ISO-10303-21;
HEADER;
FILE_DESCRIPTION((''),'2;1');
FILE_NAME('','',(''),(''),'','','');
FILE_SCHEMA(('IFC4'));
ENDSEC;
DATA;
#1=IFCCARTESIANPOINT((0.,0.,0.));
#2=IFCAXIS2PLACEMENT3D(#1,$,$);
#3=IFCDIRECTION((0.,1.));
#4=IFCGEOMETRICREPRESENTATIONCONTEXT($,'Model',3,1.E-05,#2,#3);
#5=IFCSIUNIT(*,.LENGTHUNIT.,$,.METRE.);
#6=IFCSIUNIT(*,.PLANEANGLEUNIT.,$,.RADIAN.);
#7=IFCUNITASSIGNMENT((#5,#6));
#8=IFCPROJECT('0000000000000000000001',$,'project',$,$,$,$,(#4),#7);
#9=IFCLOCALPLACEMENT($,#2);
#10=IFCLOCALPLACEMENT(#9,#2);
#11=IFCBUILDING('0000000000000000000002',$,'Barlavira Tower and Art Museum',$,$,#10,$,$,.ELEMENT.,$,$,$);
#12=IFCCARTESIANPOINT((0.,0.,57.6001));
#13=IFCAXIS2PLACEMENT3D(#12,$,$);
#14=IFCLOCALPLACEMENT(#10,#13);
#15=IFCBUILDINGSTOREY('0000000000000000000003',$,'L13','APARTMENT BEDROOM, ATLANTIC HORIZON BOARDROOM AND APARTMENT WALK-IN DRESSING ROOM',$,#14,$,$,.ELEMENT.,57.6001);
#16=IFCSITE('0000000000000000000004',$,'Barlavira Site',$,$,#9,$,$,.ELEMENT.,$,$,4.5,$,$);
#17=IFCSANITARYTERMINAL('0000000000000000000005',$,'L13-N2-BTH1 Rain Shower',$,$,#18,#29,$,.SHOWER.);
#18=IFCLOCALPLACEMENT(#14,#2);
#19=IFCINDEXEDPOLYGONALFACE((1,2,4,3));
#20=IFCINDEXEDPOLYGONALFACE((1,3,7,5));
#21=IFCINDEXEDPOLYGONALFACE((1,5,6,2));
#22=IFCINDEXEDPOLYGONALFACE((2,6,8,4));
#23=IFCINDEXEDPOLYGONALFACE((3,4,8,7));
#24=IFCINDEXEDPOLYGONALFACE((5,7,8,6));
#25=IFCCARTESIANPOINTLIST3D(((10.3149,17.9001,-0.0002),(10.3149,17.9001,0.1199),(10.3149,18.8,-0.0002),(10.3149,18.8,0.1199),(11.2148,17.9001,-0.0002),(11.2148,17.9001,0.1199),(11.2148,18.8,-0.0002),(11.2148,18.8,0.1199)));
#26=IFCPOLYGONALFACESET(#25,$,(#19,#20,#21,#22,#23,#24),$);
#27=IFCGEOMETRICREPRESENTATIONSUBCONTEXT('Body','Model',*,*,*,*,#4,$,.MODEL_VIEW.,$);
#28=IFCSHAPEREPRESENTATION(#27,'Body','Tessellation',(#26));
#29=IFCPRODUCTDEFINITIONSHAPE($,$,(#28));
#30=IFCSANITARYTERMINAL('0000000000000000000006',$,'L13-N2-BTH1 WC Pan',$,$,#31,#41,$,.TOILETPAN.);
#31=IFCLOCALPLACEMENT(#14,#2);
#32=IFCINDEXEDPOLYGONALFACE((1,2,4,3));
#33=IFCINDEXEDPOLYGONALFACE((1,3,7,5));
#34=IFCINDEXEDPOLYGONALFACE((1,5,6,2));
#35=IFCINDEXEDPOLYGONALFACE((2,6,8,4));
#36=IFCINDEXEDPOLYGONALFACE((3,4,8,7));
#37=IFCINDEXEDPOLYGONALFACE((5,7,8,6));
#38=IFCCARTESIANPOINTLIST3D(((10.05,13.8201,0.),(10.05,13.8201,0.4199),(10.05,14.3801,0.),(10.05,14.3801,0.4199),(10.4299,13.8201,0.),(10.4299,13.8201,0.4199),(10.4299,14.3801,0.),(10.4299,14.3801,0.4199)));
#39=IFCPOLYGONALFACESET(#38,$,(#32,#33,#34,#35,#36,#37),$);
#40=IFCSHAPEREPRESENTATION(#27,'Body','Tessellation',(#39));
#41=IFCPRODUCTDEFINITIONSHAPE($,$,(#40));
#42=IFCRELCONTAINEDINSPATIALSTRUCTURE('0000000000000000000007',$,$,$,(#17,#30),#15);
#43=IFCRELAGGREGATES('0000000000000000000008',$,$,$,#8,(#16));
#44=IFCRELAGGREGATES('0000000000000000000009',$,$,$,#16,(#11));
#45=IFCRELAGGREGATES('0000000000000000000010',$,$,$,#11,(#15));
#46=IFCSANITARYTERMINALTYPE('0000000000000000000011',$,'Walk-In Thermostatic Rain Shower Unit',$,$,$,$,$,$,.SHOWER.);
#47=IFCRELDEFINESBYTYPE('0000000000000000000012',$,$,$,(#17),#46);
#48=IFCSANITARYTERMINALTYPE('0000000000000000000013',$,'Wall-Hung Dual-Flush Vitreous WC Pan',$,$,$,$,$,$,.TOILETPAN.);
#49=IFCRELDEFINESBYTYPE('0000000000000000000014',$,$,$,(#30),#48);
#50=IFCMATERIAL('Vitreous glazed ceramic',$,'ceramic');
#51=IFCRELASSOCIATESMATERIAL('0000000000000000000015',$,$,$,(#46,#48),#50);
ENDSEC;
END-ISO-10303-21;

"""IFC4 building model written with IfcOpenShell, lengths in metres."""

from ifc_helpers import new_model, si_unit, direction, frame, origin, origin_2d, place, context, subcontext, project, spatial, rectangle, extrude, material, type_object, element, save


model = new_model("IFC4")

# Units and contexts
model_context = context("Model", 3, precision=1e-05, world=origin(), true_north=direction((0.0, 1.0)))
body_context = subcontext(model_context, "Body", "Model", "MODEL_VIEW")
ifc_project = project(units=[si_unit("LENGTHUNIT", "METRE"), si_unit("PLANEANGLEUNIT", "RADIAN")], contexts=[model_context])

# Site, building, storey
site_placement = place(None, origin())
site = spatial("IfcSite", under=ifc_project, at=site_placement, Name="Barlavira Site", CompositionType="ELEMENT", RefElevation=4.5)
building_placement = place(site_placement, origin())
building = spatial("IfcBuilding", under=site, at=building_placement, Name="Barlavira Tower and Art Museum", CompositionType="ELEMENT")
storey_placement = place(building_placement, frame((0.0, 0.0, 57.6001)))
storey = spatial("IfcBuildingStorey", under=building, at=storey_placement, Name="L13", Description="APARTMENT BEDROOM, ATLANTIC HORIZON BOARDROOM AND APARTMENT WALK-IN DRESSING ROOM", CompositionType="ELEMENT", Elevation=57.6001)

# Sanitary terminals
ifc_material_1 = material(Name="Vitreous glazed ceramic", Category="ceramic")
sanitary_terminal_type_1 = type_object("IfcSanitaryTerminalType", Name="Walk-In Thermostatic Rain Shower Unit", PredefinedType="SHOWER", material=ifc_material_1)
sanitary_terminal_1_placement = place(storey_placement, frame((10.7649, 18.3501, -0.0002), z_axis=(0.0, 0.0, 1.0), x_axis=(1.0, 0.0, 0.0)))
element("IfcSanitaryTerminal", 1, at=sanitary_terminal_1_placement, inside=storey, type_object=sanitary_terminal_type_1, Name="L13-N2-BTH1 Rain Shower", PredefinedType="SHOWER", context=body_context, shape_type="SweptSolid", body=[
    extrude(rectangle(XDim=0.8999, YDim=0.8999, at=origin_2d()), origin(), (0.0, 0.0, 1.0), 0.1201),
])
sanitary_terminal_type_2 = type_object("IfcSanitaryTerminalType", Name="Wall-Hung Dual-Flush Vitreous WC Pan", PredefinedType="TOILETPAN", material=ifc_material_1)
sanitary_terminal_2_placement = place(storey_placement, frame((10.24, 14.1001, 0.0), z_axis=(0.0, 0.0, 1.0), x_axis=(1.0, 0.0, 0.0)))
element("IfcSanitaryTerminal", 2, at=sanitary_terminal_2_placement, inside=storey, type_object=sanitary_terminal_type_2, Name="L13-N2-BTH1 WC Pan", PredefinedType="TOILETPAN", context=body_context, shape_type="SweptSolid", body=[
    extrude(rectangle(XDim=0.3799, YDim=0.5601, at=origin_2d()), origin(), (0.0, 0.0, 1.0), 0.4199),
])

save(model, "model.ifc")
